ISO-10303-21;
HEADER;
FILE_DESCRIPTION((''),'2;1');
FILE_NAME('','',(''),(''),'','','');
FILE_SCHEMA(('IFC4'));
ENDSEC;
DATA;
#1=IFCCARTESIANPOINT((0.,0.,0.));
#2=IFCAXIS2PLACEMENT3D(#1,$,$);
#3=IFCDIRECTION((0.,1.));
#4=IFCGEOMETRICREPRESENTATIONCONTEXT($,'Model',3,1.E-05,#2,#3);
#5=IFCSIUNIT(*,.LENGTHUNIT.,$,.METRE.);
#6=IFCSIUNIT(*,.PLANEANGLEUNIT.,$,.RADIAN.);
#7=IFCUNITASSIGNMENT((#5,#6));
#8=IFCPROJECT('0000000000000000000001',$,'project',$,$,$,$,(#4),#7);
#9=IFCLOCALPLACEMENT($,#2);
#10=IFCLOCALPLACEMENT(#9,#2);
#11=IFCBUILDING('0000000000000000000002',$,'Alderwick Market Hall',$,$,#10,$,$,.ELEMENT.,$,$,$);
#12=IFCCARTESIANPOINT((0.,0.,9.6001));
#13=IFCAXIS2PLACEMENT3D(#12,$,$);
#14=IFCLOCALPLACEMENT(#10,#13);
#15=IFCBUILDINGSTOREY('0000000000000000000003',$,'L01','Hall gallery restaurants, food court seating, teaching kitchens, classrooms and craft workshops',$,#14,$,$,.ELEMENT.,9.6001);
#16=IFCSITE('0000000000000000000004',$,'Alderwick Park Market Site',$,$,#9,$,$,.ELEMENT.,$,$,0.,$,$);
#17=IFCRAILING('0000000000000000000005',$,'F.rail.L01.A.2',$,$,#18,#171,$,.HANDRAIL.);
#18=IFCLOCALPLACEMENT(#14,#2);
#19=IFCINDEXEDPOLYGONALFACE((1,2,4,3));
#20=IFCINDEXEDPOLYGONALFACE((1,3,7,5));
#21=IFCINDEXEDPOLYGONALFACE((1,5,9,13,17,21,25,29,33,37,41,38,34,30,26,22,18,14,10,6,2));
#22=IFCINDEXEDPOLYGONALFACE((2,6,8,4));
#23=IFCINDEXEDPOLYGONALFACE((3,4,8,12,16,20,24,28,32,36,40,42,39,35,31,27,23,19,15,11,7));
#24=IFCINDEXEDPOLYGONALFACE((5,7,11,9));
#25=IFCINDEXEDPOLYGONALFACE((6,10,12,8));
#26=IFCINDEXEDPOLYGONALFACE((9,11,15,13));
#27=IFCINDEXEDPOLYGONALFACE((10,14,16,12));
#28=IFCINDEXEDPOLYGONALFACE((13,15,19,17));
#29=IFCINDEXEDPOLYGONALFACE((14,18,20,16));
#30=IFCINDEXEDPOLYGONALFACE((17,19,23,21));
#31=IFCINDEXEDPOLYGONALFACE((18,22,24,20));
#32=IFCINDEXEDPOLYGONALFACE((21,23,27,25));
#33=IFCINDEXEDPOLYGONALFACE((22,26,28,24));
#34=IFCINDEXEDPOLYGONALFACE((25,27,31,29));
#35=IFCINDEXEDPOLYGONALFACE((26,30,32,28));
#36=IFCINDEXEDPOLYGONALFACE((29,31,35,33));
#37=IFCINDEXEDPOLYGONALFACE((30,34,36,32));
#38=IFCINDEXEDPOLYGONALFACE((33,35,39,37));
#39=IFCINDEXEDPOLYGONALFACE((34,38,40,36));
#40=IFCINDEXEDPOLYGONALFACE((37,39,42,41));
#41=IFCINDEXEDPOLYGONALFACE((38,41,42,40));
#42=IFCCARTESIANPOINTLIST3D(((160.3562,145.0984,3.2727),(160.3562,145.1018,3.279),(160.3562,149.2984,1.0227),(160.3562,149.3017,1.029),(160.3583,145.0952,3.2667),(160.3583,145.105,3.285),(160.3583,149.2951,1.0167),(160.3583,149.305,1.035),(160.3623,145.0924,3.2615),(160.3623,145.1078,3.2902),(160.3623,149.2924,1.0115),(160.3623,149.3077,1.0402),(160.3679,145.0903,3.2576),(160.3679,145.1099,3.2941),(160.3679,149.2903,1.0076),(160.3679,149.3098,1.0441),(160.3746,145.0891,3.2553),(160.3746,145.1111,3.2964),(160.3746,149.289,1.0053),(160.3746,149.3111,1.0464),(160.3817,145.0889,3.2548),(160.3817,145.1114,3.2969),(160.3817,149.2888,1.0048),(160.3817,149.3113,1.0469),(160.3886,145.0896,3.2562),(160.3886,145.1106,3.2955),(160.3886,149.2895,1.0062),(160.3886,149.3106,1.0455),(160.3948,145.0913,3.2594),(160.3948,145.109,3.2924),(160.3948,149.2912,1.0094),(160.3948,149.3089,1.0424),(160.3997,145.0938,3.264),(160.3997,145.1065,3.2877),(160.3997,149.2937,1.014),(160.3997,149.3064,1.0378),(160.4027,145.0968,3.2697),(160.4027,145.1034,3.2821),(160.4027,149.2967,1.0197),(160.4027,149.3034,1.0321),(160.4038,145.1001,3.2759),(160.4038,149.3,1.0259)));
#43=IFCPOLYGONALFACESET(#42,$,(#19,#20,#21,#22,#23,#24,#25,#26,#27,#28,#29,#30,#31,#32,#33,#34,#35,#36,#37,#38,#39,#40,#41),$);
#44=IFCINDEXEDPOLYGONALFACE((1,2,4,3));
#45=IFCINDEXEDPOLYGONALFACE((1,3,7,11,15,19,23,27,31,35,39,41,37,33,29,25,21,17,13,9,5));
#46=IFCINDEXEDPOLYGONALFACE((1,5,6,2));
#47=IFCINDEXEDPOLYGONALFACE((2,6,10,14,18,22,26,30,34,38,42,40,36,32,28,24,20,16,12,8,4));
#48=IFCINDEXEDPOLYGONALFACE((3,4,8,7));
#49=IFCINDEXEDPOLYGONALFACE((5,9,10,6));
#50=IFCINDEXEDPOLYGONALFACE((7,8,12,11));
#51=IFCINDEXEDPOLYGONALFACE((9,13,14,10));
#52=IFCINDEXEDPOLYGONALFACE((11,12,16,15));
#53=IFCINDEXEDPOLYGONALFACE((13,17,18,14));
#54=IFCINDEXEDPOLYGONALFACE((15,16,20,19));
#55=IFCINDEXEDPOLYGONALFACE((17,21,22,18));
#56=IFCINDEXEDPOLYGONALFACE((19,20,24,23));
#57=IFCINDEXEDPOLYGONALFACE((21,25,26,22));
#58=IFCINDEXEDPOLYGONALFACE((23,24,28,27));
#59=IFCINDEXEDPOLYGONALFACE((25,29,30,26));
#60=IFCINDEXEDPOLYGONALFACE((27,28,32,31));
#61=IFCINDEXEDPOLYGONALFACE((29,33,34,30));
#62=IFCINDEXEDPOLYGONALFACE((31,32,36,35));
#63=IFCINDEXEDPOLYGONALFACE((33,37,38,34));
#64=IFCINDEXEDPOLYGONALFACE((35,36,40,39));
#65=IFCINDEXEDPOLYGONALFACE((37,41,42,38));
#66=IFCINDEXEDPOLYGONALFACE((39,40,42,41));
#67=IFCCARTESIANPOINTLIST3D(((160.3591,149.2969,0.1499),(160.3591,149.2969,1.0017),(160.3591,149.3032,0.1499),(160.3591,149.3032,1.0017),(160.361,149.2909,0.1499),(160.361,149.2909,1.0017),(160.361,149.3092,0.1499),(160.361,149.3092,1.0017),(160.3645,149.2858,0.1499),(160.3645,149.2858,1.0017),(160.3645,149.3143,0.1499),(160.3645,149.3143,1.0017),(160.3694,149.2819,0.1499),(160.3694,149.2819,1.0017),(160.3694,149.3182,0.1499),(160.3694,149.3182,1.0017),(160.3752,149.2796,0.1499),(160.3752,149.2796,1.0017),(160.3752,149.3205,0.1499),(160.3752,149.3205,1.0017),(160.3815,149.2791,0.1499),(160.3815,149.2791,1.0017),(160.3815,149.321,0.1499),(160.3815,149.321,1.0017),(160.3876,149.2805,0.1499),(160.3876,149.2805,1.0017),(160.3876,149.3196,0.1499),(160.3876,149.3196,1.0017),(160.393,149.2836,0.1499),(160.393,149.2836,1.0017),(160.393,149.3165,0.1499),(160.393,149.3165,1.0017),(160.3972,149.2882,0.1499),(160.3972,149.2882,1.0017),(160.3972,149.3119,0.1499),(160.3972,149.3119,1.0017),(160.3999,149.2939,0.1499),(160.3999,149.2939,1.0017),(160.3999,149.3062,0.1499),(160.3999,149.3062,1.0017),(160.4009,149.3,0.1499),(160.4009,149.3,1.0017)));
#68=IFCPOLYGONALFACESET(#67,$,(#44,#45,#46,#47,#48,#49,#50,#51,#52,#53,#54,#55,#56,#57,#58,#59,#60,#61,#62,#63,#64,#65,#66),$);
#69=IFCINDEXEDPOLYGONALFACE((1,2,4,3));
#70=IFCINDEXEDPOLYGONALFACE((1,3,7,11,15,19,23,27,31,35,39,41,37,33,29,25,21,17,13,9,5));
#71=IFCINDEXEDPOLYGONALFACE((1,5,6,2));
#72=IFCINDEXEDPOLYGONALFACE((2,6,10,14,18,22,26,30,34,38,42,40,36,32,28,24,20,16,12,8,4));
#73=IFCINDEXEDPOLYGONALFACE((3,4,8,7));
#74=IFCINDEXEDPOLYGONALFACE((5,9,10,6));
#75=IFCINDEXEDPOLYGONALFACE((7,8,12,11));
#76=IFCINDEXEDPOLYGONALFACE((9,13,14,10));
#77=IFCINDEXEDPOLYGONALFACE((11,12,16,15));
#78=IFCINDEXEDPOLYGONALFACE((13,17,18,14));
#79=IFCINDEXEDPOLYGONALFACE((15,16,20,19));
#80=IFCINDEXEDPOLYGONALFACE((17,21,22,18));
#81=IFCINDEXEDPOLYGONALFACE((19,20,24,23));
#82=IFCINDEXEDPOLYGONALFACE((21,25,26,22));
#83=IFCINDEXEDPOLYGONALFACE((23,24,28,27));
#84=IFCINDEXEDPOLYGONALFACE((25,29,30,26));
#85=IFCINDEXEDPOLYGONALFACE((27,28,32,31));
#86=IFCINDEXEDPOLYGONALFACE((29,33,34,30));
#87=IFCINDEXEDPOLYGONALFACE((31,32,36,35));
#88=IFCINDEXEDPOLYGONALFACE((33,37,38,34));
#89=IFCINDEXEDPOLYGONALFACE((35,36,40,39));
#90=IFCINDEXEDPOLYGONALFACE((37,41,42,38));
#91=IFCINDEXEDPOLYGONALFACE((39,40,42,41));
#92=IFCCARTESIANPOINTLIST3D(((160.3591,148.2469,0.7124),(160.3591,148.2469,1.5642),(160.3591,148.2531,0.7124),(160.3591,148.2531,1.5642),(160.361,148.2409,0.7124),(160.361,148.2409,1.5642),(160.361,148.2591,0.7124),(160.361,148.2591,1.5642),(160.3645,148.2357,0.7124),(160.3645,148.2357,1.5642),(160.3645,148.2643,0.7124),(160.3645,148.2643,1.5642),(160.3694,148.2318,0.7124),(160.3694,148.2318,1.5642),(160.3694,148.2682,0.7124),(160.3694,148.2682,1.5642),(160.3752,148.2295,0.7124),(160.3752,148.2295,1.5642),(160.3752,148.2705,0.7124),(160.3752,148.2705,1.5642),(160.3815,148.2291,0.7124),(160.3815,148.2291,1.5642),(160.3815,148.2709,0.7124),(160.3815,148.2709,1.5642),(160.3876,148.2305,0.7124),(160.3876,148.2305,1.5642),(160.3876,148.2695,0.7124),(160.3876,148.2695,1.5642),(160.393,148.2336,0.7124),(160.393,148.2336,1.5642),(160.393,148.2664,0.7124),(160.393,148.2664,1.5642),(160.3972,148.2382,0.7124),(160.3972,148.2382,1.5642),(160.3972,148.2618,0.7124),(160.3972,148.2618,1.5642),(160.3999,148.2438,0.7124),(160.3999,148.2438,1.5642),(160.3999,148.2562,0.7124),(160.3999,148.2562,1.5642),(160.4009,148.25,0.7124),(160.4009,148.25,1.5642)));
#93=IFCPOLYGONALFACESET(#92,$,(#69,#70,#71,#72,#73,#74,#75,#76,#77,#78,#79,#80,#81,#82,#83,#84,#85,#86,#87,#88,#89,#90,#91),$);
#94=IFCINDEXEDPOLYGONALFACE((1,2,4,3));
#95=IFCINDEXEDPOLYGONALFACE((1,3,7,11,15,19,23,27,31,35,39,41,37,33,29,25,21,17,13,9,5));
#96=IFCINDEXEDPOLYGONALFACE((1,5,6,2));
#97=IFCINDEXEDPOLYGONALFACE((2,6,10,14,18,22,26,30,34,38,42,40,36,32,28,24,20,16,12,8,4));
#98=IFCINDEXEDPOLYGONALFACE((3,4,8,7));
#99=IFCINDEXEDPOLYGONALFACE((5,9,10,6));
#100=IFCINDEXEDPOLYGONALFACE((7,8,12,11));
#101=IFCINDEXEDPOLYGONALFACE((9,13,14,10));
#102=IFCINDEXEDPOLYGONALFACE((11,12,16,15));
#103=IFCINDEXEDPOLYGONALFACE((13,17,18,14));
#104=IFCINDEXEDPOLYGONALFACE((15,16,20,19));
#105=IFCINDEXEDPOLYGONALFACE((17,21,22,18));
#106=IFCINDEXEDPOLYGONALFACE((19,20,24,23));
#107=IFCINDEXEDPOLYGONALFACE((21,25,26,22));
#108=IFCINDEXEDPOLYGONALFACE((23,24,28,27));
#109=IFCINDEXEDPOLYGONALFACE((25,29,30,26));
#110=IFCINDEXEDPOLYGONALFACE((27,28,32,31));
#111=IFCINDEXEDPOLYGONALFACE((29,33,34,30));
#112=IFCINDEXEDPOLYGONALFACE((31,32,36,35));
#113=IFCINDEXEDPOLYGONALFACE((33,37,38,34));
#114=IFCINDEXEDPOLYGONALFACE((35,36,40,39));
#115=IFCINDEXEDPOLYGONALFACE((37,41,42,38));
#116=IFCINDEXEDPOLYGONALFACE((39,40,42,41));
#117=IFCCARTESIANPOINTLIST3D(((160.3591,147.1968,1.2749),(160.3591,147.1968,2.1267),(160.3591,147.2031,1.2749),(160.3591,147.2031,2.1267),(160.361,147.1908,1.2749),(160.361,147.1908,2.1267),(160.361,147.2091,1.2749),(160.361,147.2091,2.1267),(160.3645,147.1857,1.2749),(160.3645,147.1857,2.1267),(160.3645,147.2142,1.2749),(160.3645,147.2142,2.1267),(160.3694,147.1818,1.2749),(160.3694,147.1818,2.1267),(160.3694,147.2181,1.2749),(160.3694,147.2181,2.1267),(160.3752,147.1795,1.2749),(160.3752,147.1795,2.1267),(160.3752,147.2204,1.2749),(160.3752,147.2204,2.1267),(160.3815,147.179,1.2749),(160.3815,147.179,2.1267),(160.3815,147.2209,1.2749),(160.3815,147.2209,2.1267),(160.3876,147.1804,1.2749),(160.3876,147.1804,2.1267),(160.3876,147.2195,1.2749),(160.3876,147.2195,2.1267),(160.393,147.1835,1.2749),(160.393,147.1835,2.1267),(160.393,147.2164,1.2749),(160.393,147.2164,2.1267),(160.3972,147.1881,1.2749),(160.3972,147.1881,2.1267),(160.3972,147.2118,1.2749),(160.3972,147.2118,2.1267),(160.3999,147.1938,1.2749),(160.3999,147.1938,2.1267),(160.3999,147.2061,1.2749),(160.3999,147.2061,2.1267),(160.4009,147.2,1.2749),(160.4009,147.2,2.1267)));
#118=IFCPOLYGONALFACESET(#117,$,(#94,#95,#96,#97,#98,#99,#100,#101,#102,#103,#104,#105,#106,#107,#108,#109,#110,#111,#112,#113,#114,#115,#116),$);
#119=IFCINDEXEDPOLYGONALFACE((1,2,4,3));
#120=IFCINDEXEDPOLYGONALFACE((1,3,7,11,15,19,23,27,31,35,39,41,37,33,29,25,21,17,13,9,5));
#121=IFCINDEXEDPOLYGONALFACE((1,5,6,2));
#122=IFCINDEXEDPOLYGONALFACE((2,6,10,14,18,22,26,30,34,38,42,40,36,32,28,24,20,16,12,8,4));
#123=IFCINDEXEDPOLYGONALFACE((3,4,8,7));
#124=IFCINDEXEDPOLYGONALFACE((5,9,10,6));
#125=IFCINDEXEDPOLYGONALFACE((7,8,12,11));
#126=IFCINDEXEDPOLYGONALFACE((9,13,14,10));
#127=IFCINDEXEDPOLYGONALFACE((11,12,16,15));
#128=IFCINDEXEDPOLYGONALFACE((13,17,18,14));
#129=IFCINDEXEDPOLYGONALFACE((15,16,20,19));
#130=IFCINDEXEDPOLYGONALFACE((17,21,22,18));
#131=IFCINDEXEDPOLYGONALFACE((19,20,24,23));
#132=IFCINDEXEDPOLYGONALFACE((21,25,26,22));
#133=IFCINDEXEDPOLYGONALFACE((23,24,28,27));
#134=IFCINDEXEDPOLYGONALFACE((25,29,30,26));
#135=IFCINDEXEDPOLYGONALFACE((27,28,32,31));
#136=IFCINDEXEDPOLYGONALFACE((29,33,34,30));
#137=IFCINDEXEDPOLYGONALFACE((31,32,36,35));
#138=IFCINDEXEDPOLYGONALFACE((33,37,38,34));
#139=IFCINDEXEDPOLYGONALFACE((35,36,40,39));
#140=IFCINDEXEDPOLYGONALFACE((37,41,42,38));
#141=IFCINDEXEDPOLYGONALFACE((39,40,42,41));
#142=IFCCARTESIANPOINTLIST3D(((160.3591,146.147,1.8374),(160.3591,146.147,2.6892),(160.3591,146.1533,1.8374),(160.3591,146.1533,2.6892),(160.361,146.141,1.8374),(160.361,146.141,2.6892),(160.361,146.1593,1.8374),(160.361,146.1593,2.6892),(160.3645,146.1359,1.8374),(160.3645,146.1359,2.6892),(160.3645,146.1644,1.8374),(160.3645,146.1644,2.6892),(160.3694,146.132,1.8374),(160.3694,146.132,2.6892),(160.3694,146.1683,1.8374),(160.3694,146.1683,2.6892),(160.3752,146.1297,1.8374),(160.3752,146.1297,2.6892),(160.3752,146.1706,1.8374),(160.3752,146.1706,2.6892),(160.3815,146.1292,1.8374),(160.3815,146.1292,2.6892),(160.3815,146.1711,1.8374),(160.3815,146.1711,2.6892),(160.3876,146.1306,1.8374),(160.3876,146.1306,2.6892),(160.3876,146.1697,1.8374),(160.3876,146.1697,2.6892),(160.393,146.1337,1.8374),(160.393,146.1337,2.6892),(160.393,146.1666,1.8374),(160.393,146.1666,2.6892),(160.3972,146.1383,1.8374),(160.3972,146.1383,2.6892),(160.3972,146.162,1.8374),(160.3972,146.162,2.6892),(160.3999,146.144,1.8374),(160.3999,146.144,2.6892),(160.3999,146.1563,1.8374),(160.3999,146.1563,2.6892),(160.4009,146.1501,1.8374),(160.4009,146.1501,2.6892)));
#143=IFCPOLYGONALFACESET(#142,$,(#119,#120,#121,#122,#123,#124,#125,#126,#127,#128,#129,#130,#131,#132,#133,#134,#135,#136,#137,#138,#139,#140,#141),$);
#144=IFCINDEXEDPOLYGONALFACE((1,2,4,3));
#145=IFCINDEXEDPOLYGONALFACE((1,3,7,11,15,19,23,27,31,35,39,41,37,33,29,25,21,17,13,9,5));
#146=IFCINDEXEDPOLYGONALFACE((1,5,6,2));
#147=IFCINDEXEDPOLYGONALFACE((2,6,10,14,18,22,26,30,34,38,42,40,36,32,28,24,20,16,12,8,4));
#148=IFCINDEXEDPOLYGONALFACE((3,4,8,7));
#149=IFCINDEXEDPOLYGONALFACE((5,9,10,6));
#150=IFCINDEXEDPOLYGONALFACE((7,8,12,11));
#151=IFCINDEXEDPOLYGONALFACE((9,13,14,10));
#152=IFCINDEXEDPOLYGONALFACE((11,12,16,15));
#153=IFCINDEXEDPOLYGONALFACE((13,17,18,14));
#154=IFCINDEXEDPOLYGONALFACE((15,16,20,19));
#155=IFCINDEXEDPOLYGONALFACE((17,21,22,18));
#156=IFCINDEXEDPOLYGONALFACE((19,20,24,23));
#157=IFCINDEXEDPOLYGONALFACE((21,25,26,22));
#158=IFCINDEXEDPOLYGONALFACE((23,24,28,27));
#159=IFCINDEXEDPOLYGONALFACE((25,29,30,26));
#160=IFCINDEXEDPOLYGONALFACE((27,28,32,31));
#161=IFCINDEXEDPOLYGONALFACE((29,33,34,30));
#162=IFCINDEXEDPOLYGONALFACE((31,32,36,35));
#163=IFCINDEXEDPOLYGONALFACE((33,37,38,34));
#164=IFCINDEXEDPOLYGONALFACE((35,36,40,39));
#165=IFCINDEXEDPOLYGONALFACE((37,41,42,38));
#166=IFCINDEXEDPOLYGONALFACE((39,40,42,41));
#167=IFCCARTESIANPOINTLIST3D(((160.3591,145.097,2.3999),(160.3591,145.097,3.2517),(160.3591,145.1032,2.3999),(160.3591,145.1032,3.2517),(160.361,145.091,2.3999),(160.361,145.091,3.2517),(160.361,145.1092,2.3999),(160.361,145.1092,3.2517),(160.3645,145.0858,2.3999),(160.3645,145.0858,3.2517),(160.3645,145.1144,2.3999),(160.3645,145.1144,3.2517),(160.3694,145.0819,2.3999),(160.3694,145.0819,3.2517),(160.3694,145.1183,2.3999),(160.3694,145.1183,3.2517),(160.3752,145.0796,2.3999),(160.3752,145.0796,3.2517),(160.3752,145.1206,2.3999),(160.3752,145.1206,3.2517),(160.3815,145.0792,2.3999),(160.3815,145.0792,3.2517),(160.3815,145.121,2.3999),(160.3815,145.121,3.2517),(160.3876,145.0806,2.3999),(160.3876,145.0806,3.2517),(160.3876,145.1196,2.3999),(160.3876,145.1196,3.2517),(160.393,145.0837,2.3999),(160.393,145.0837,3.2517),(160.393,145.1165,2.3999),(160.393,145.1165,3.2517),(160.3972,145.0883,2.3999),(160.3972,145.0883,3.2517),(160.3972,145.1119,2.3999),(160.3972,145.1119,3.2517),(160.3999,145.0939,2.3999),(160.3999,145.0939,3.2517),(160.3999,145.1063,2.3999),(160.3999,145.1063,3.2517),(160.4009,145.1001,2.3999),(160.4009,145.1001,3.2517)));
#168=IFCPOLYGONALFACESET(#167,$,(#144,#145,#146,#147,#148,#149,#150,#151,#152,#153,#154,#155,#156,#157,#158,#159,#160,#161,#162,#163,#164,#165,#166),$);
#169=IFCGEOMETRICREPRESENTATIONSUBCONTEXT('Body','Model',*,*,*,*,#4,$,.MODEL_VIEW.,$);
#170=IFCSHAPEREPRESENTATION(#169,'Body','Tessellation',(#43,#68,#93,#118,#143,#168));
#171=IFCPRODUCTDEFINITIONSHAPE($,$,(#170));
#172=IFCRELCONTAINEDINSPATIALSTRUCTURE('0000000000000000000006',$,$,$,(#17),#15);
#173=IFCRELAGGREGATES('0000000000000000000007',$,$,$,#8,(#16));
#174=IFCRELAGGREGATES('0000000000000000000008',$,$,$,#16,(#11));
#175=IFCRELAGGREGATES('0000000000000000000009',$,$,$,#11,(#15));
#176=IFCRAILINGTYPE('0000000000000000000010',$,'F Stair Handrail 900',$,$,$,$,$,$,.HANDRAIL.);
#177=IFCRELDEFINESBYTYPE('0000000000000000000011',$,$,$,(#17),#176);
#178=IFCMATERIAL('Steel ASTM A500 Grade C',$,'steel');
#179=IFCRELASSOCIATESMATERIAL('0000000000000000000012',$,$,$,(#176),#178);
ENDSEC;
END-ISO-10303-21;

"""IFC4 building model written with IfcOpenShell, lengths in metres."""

from ifc_helpers import new_model, si_unit, direction, frame, origin, origin_2d, place, context, subcontext, project, spatial, circle, extrude, material, type_object, element, save


model = new_model("IFC4")

# Units and contexts
model_context = context("Model", 3, precision=1e-05, world=origin(), true_north=direction((0.0, 1.0)))
body_context = subcontext(model_context, "Body", "Model", "MODEL_VIEW")
ifc_project = project(units=[si_unit("LENGTHUNIT", "METRE"), si_unit("PLANEANGLEUNIT", "RADIAN")], contexts=[model_context])

# Site, building, storey
site_placement = place(None, origin())
site = spatial("IfcSite", under=ifc_project, at=site_placement, Name="Alderwick Park Market Site", CompositionType="ELEMENT", RefElevation=0.0)
building_placement = place(site_placement, origin())
building = spatial("IfcBuilding", under=site, at=building_placement, Name="Alderwick Market Hall", CompositionType="ELEMENT")
storey_placement = place(building_placement, frame((0.0, 0.0, 9.6001)))
storey = spatial("IfcBuildingStorey", under=building, at=storey_placement, Name="L01", Description="Hall gallery restaurants, food court seating, teaching kitchens, classrooms and craft workshops", CompositionType="ELEMENT", Elevation=9.6001)

# Railing
ifc_material_1 = material(Name="Steel ASTM A500 Grade C", Category="steel")
railing_type = type_object("IfcRailingType", Name="F Stair Handrail 900", PredefinedType="HANDRAIL", material=ifc_material_1)
for number, where, name in (
    (1, (160.3799, 149.3, 0.1499), "F.rail.L01.A.2"),
):
    element("IfcRailing", number, at=place(storey_placement, frame(where)), inside=storey, type_object=railing_type, Name=name, PredefinedType="HANDRAIL", context=body_context, shape_type="SweptSolid", body=[
        extrude(circle(Radius=0.0239, at=origin_2d()), frame((0.0, 0.0, 0.876), z_axis=(0.0, -0.881478, 0.472226), x_axis=(1.0, 0.0, 0.0)), (0.0, 0.0, 1.0), 4.7646),
        extrude(circle(Radius=0.021, at=origin_2d()), origin(), (0.0, 0.0, 1.0), 0.8518),
        extrude(circle(Radius=0.021, at=origin_2d()), frame((0.0, -1.05, 0.5625)), (0.0, 0.0, 1.0), 0.8518),
        extrude(circle(Radius=0.021, at=origin_2d()), frame((0.0, -2.1001, 1.125)), (0.0, 0.0, 1.0), 0.8518),
        extrude(circle(Radius=0.021, at=origin_2d()), frame((0.0, -3.1499, 1.6875)), (0.0, 0.0, 1.0), 0.8518),
        extrude(circle(Radius=0.021, at=origin_2d()), frame((0.0, -4.2, 2.25)), (0.0, 0.0, 1.0), 0.8518),
    ])

save(model, "model.ifc")
